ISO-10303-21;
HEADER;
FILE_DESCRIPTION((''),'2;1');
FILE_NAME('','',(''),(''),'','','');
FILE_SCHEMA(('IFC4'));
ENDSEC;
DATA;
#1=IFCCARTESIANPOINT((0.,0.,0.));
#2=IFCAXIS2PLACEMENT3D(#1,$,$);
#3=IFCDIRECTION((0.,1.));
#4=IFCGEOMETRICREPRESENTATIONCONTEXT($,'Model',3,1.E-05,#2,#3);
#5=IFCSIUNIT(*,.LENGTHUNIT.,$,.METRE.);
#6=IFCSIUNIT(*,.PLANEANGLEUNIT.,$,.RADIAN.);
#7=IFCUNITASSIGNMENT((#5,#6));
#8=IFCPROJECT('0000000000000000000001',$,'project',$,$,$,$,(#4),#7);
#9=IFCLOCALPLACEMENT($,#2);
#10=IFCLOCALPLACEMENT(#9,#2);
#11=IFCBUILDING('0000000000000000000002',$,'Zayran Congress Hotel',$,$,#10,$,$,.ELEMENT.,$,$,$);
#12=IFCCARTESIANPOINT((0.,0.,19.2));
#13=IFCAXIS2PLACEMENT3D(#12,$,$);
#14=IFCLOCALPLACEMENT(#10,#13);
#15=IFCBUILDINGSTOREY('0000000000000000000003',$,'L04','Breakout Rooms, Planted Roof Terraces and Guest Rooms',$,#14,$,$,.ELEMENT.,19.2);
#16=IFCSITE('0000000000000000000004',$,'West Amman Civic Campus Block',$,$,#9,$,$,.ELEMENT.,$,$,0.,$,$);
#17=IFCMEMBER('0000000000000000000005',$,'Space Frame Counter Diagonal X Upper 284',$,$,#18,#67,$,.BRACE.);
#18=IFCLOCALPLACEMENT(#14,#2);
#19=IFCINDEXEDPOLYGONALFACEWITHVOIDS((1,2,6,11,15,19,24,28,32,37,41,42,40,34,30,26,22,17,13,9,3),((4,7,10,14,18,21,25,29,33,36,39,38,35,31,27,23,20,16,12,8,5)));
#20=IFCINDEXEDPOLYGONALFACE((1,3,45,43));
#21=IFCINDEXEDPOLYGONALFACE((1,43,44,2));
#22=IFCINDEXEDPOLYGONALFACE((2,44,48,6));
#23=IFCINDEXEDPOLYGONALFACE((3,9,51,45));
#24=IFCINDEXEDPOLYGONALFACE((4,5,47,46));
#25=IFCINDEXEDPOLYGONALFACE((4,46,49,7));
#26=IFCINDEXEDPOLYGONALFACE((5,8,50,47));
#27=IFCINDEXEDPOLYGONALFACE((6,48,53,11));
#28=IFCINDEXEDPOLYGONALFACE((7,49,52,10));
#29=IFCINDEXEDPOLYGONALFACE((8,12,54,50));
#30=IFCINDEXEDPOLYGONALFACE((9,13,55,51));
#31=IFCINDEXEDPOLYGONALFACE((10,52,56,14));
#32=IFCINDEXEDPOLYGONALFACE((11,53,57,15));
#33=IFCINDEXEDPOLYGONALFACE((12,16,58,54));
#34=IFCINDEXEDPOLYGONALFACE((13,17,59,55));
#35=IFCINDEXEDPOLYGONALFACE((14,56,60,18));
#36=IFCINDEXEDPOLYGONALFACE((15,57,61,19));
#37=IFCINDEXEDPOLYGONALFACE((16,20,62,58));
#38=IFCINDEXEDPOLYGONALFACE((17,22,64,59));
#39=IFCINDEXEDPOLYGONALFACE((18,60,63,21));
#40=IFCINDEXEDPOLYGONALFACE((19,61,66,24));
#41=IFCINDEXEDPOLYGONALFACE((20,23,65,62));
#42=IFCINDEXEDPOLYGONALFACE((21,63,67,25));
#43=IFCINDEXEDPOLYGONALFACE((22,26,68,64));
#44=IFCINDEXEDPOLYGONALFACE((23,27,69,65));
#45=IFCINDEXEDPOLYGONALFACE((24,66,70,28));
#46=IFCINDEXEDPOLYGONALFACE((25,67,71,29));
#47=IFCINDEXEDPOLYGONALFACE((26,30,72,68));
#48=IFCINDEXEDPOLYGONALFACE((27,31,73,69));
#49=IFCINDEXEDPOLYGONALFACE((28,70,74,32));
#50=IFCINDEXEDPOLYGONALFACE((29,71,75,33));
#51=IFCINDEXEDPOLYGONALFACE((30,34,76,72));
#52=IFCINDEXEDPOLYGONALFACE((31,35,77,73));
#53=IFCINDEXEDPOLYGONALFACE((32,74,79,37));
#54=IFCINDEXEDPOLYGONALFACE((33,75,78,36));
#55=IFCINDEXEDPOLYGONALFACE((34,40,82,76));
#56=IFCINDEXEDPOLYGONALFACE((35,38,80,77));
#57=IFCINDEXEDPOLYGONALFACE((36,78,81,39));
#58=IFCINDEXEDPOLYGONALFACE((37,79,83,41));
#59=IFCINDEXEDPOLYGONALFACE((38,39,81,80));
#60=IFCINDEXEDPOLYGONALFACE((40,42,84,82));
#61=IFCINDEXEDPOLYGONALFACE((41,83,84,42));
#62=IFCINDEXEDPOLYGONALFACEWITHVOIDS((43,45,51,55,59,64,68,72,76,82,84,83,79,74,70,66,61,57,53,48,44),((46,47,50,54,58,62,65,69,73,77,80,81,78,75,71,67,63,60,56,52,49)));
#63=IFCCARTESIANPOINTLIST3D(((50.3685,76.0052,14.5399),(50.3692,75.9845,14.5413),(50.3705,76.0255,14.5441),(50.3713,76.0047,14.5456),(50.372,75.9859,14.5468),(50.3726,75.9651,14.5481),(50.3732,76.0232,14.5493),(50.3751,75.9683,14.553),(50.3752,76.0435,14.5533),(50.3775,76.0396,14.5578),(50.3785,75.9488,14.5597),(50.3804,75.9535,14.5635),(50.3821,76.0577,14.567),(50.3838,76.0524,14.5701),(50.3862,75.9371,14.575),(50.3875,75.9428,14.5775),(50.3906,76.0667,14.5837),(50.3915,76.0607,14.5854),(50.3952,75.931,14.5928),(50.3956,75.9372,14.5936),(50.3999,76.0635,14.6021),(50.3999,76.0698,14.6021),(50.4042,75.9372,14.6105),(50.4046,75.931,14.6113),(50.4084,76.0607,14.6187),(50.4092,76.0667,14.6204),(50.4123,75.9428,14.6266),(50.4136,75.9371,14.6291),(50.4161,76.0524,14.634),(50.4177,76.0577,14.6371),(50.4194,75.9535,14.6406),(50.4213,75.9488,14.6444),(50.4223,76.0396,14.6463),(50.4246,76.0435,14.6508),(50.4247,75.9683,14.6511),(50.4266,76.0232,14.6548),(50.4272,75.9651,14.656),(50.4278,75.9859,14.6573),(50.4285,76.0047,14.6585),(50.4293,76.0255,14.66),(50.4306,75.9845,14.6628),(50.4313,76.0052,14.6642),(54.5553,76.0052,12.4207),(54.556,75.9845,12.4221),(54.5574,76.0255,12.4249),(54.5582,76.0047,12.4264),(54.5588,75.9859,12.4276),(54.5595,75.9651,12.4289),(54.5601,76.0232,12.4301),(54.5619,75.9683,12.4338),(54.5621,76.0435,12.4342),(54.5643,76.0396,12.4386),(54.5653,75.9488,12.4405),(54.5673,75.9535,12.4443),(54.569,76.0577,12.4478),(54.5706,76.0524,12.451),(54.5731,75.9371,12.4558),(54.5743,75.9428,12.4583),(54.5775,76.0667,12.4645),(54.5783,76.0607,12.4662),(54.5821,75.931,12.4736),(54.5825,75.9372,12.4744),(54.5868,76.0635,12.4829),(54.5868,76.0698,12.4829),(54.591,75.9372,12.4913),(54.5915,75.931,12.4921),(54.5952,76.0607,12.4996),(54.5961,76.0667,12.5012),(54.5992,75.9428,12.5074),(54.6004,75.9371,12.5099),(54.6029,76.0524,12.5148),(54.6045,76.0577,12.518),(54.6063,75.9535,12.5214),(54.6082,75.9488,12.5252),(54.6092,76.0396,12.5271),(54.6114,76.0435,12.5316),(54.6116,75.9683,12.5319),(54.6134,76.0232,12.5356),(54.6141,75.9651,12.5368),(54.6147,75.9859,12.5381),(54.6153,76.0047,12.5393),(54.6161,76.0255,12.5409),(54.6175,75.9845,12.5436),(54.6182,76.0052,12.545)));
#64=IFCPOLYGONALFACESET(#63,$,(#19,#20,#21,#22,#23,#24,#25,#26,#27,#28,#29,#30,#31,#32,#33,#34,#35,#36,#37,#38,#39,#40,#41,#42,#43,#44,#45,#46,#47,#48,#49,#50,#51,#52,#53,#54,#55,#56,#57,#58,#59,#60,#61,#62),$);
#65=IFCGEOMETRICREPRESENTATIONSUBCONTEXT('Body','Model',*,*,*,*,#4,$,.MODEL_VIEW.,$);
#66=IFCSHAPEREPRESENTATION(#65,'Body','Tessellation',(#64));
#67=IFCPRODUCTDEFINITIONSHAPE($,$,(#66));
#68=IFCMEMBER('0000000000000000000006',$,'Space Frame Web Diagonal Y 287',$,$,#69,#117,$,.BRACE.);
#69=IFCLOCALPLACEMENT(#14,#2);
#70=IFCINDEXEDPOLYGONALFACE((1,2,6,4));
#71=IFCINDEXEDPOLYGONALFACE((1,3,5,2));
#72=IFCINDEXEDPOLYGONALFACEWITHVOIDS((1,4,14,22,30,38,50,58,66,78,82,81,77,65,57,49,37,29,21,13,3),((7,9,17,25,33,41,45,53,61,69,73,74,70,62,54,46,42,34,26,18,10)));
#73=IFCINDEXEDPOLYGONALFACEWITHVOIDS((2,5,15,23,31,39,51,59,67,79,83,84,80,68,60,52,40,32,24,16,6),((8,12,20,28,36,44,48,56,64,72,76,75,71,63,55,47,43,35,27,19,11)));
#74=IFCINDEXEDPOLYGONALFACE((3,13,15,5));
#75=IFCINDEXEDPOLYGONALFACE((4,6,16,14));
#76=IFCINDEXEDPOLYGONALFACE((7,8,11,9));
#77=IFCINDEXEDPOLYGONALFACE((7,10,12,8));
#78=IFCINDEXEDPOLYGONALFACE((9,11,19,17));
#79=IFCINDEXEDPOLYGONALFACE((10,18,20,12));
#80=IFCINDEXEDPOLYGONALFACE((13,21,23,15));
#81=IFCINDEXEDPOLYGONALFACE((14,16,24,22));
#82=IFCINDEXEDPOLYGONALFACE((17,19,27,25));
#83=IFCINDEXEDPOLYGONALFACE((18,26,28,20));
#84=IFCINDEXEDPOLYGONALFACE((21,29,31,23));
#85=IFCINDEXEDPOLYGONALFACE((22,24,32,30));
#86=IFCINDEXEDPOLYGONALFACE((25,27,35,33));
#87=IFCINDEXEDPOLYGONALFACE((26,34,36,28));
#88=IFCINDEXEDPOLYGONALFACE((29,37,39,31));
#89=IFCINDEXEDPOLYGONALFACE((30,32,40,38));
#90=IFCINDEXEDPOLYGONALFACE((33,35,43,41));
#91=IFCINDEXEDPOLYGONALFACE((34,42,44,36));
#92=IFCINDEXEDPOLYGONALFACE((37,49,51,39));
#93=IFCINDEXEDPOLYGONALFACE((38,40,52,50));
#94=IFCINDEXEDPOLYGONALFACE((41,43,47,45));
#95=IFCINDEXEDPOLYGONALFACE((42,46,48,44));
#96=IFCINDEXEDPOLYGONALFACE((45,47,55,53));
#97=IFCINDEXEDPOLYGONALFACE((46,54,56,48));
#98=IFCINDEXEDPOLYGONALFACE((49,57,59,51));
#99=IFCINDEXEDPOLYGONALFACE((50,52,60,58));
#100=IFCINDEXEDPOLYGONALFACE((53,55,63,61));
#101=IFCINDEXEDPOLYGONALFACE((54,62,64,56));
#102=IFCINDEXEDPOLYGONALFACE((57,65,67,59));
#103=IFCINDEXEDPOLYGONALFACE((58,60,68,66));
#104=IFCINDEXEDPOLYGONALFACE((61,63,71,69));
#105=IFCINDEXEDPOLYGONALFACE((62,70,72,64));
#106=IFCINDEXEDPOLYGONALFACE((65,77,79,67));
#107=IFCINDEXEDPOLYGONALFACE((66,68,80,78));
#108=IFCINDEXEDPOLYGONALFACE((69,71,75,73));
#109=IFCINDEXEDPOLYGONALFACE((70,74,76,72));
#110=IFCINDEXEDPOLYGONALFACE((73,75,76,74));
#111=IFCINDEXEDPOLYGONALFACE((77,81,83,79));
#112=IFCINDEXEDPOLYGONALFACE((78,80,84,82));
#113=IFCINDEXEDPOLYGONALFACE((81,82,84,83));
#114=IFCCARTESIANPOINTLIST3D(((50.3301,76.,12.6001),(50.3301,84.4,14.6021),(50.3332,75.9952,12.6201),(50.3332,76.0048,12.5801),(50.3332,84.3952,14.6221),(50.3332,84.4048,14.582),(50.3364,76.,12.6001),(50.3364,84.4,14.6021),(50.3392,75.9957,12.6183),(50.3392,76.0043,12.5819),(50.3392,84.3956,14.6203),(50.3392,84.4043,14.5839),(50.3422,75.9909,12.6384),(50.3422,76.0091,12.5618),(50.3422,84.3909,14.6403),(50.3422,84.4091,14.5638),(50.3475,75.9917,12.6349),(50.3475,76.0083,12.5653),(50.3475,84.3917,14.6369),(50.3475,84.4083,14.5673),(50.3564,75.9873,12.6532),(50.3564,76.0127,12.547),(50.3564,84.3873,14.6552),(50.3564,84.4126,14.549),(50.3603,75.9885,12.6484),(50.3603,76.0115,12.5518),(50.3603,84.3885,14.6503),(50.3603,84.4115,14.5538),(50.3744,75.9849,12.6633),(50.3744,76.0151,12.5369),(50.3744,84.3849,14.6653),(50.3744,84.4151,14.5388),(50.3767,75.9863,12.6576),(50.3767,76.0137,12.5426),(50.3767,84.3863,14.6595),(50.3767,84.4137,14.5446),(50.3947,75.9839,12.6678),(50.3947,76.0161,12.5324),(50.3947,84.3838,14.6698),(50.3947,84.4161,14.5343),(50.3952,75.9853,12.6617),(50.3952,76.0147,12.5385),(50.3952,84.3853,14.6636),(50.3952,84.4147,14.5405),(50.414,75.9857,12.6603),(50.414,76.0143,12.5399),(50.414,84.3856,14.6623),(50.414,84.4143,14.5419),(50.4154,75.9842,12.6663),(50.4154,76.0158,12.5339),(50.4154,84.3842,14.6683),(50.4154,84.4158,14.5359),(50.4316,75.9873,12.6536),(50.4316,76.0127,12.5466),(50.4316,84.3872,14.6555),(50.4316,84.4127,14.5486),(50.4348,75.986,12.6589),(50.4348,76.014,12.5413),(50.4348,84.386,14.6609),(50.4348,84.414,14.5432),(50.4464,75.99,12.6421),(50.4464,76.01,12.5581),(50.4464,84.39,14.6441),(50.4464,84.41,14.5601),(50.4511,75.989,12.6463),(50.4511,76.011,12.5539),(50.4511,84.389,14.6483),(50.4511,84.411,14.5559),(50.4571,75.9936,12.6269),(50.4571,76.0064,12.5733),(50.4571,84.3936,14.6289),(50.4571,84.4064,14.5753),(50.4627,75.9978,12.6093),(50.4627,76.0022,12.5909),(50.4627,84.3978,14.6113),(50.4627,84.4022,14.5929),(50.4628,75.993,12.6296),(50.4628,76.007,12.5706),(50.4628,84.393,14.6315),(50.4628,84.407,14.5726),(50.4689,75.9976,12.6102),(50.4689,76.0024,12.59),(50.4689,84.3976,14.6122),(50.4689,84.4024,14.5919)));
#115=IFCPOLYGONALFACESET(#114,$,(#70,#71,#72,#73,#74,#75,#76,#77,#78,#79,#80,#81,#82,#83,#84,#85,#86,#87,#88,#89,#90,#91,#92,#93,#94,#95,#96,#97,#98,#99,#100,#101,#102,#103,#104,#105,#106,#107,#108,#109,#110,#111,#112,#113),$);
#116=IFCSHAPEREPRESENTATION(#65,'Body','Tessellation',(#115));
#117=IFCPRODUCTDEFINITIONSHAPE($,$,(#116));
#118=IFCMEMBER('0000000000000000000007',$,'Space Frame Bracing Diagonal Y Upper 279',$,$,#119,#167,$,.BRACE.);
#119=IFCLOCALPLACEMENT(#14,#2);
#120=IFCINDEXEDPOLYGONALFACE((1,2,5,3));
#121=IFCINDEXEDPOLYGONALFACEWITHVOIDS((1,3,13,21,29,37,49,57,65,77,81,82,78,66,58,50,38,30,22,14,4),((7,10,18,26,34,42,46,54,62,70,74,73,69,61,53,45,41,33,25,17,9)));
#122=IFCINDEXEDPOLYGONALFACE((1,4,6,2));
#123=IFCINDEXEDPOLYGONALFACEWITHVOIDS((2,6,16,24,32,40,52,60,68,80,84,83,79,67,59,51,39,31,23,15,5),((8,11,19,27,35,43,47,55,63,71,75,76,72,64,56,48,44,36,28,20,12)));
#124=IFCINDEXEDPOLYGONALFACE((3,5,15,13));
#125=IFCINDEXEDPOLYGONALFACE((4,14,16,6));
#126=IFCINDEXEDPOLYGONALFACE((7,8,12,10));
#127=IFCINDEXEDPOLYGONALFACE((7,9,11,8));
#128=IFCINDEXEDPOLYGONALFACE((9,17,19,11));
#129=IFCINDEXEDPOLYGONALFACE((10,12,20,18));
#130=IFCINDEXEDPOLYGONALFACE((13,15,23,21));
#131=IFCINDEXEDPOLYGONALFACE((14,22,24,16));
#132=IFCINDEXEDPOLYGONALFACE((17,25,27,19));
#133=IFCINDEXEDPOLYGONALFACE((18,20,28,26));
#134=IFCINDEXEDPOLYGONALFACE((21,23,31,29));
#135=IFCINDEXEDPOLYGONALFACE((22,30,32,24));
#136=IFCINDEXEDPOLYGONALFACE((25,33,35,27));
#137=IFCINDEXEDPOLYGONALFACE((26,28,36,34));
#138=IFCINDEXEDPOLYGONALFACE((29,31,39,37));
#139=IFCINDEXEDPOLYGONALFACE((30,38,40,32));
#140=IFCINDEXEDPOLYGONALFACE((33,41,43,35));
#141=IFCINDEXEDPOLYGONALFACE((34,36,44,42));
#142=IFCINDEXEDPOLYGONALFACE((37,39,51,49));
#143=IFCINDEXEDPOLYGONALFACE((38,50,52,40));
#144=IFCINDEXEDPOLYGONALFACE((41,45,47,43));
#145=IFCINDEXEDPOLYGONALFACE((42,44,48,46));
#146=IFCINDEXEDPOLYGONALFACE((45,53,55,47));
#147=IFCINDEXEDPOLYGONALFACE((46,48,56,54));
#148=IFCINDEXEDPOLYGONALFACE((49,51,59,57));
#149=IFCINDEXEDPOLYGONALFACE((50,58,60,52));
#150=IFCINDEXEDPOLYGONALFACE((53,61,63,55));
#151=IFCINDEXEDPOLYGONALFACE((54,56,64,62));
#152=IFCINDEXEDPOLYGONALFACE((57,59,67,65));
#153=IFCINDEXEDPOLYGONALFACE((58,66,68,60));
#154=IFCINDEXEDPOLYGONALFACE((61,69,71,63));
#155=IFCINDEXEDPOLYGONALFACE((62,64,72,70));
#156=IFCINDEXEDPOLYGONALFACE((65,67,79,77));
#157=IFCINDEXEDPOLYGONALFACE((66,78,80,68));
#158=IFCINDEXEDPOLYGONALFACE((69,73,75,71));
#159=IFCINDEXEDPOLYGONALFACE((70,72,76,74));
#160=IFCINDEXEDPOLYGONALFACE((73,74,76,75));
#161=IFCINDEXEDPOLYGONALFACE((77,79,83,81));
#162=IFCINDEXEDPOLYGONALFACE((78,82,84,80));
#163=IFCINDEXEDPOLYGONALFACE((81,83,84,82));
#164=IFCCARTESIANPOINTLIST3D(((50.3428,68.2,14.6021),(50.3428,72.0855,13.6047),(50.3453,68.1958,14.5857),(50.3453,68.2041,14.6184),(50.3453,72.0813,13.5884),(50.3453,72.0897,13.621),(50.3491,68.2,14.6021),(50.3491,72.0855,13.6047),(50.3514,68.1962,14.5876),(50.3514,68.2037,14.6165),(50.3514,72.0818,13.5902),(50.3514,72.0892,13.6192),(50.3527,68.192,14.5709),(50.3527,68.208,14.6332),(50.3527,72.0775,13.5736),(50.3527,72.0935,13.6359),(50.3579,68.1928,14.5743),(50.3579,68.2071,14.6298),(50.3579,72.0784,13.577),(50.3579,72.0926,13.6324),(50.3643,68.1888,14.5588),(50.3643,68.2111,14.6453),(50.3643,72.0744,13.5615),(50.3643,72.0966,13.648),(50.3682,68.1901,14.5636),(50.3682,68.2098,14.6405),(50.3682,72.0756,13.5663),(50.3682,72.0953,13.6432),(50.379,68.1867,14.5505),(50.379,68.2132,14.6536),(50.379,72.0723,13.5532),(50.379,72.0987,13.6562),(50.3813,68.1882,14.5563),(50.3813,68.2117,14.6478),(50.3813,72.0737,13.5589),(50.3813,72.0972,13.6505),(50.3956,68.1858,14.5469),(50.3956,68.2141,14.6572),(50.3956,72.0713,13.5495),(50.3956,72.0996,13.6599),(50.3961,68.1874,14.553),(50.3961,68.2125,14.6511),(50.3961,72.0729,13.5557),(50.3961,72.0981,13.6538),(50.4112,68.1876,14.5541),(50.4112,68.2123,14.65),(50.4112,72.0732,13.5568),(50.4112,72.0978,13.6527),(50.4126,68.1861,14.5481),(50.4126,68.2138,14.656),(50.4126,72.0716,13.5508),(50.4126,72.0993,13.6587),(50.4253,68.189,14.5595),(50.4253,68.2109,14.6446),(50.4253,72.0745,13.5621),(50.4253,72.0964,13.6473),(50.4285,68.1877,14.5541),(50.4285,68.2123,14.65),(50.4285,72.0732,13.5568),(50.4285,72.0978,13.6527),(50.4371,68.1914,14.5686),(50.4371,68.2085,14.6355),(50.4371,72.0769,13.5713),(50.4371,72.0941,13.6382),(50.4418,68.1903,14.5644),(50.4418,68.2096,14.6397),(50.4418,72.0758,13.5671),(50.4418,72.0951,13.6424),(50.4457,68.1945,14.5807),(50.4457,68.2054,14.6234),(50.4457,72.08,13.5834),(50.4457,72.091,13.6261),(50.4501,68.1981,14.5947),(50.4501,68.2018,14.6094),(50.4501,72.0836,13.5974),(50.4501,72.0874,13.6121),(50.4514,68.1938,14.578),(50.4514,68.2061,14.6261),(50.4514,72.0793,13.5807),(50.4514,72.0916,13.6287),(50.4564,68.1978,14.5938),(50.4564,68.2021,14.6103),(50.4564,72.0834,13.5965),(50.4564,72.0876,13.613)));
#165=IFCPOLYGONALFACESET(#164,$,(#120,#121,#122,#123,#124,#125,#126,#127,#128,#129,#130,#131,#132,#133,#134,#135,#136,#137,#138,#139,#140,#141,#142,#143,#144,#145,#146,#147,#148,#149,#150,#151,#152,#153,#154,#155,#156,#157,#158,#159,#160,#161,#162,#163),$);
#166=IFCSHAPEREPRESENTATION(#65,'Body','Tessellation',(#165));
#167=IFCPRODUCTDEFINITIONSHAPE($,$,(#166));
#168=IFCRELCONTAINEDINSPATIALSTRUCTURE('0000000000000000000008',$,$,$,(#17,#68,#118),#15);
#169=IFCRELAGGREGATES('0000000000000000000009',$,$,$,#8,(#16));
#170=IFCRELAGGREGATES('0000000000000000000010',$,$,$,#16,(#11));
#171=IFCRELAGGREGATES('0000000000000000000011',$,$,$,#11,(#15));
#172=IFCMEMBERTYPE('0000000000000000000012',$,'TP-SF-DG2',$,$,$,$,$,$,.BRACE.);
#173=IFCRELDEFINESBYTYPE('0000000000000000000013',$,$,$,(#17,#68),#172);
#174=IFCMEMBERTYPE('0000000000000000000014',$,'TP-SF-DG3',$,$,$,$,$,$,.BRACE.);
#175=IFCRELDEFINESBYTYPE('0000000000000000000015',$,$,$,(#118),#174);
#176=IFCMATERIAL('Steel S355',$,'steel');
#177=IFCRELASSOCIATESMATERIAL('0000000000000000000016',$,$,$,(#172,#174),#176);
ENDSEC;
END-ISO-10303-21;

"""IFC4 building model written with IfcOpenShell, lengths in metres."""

from ifc_helpers import new_model, si_unit, direction, frame, origin, origin_2d, place, context, subcontext, project, spatial, hollow_circle, extrude, material, material_profile, profile_set, type_object, element, save


model = new_model("IFC4")

# Units and contexts
model_context = context("Model", 3, precision=1e-05, world=origin(), true_north=direction((0.0, 1.0)))
body_context = subcontext(model_context, "Body", "Model", "MODEL_VIEW")
ifc_project = project(units=[si_unit("LENGTHUNIT", "METRE"), si_unit("PLANEANGLEUNIT", "RADIAN")], contexts=[model_context])

# Site, building, storey
site_placement = place(None, origin())
site = spatial("IfcSite", under=ifc_project, at=site_placement, Name="West Amman Civic Campus Block", CompositionType="ELEMENT", RefElevation=0.0)
building_placement = place(site_placement, origin())
building = spatial("IfcBuilding", under=site, at=building_placement, Name="Zayran Congress Hotel", CompositionType="ELEMENT")
storey_placement = place(building_placement, frame((0.0, 0.0, 19.2)))
storey = spatial("IfcBuildingStorey", under=building, at=storey_placement, Name="L04", Description="Breakout Rooms, Planted Roof Terraces and Guest Rooms", CompositionType="ELEMENT", Elevation=19.2)

# Members
ifc_material_1 = material(Name="Steel S355", Category="steel")
ifc_material_profile_1 = material_profile(ifc_material_1, hollow_circle(Radius=0.0698, WallThickness=0.0063, at=origin_2d()), Name="CHS 139.7x6.3")
ifc_profile_set_1 = profile_set([ifc_material_profile_1], Name="Steel S355")
member_type_1 = type_object("IfcMemberType", Name="TP-SF-DG2", PredefinedType="BRACE", material=ifc_profile_set_1)
member_1_placement = place(storey_placement, frame((50.3999, 76.0, 14.6021), z_axis=(0.892221, 0.0, -0.451599), x_axis=(0.0, 1.0, 0.0)))
element("IfcMember", 1, at=member_1_placement, inside=storey, type_object=member_type_1, Name="Space Frame Counter Diagonal X Upper 284", PredefinedType="BRACE", context=body_context, shape_type="SweptSolid", body=[
    extrude(hollow_circle(Radius=0.0698, WallThickness=0.0063, at=origin_2d()), origin(), (0.0, 0.0, 1.0), 4.6926),
])
member_2_placement = place(storey_placement, frame((50.3999, 76.0, 12.6001), z_axis=(0.0, 0.972755, 0.231837), x_axis=(-1.0, 0.0, 0.0)))
element("IfcMember", 2, at=member_2_placement, inside=storey, type_object=member_type_1, Name="Space Frame Web Diagonal Y 287", PredefinedType="BRACE", context=body_context, shape_type="SweptSolid", body=[
    extrude(hollow_circle(Radius=0.0698, WallThickness=0.0063, at=origin_2d()), origin(), (0.0, 0.0, 1.0), 8.6353),
])
ifc_material_profile_2 = material_profile(ifc_material_1, hollow_circle(Radius=0.0571, WallThickness=0.0063, at=origin_2d()), Name="CHS 114.3x6.3")
ifc_profile_set_2 = profile_set([ifc_material_profile_2], Name="Steel S355")
member_type_2 = type_object("IfcMemberType", Name="TP-SF-DG3", PredefinedType="BRACE", material=ifc_profile_set_2)
for number, where, z_axis, x_axis, name in (
    (3, (50.3999, 68.2, 14.6021), (0.0, 0.968602, -0.248617), (-1.0, 0.0, 0.0), "Space Frame Bracing Diagonal Y Upper 279"),
):
    element("IfcMember", number, at=place(storey_placement, frame(where, z_axis=z_axis, x_axis=x_axis)), inside=storey, type_object=member_type_2, Name=name, PredefinedType="BRACE", context=body_context, shape_type="SweptSolid", body=[
        extrude(hollow_circle(Radius=0.0571, WallThickness=0.0063, at=origin_2d()), origin(), (0.0, 0.0, 1.0), 4.0115),
    ])

save(model, "model.ifc")
